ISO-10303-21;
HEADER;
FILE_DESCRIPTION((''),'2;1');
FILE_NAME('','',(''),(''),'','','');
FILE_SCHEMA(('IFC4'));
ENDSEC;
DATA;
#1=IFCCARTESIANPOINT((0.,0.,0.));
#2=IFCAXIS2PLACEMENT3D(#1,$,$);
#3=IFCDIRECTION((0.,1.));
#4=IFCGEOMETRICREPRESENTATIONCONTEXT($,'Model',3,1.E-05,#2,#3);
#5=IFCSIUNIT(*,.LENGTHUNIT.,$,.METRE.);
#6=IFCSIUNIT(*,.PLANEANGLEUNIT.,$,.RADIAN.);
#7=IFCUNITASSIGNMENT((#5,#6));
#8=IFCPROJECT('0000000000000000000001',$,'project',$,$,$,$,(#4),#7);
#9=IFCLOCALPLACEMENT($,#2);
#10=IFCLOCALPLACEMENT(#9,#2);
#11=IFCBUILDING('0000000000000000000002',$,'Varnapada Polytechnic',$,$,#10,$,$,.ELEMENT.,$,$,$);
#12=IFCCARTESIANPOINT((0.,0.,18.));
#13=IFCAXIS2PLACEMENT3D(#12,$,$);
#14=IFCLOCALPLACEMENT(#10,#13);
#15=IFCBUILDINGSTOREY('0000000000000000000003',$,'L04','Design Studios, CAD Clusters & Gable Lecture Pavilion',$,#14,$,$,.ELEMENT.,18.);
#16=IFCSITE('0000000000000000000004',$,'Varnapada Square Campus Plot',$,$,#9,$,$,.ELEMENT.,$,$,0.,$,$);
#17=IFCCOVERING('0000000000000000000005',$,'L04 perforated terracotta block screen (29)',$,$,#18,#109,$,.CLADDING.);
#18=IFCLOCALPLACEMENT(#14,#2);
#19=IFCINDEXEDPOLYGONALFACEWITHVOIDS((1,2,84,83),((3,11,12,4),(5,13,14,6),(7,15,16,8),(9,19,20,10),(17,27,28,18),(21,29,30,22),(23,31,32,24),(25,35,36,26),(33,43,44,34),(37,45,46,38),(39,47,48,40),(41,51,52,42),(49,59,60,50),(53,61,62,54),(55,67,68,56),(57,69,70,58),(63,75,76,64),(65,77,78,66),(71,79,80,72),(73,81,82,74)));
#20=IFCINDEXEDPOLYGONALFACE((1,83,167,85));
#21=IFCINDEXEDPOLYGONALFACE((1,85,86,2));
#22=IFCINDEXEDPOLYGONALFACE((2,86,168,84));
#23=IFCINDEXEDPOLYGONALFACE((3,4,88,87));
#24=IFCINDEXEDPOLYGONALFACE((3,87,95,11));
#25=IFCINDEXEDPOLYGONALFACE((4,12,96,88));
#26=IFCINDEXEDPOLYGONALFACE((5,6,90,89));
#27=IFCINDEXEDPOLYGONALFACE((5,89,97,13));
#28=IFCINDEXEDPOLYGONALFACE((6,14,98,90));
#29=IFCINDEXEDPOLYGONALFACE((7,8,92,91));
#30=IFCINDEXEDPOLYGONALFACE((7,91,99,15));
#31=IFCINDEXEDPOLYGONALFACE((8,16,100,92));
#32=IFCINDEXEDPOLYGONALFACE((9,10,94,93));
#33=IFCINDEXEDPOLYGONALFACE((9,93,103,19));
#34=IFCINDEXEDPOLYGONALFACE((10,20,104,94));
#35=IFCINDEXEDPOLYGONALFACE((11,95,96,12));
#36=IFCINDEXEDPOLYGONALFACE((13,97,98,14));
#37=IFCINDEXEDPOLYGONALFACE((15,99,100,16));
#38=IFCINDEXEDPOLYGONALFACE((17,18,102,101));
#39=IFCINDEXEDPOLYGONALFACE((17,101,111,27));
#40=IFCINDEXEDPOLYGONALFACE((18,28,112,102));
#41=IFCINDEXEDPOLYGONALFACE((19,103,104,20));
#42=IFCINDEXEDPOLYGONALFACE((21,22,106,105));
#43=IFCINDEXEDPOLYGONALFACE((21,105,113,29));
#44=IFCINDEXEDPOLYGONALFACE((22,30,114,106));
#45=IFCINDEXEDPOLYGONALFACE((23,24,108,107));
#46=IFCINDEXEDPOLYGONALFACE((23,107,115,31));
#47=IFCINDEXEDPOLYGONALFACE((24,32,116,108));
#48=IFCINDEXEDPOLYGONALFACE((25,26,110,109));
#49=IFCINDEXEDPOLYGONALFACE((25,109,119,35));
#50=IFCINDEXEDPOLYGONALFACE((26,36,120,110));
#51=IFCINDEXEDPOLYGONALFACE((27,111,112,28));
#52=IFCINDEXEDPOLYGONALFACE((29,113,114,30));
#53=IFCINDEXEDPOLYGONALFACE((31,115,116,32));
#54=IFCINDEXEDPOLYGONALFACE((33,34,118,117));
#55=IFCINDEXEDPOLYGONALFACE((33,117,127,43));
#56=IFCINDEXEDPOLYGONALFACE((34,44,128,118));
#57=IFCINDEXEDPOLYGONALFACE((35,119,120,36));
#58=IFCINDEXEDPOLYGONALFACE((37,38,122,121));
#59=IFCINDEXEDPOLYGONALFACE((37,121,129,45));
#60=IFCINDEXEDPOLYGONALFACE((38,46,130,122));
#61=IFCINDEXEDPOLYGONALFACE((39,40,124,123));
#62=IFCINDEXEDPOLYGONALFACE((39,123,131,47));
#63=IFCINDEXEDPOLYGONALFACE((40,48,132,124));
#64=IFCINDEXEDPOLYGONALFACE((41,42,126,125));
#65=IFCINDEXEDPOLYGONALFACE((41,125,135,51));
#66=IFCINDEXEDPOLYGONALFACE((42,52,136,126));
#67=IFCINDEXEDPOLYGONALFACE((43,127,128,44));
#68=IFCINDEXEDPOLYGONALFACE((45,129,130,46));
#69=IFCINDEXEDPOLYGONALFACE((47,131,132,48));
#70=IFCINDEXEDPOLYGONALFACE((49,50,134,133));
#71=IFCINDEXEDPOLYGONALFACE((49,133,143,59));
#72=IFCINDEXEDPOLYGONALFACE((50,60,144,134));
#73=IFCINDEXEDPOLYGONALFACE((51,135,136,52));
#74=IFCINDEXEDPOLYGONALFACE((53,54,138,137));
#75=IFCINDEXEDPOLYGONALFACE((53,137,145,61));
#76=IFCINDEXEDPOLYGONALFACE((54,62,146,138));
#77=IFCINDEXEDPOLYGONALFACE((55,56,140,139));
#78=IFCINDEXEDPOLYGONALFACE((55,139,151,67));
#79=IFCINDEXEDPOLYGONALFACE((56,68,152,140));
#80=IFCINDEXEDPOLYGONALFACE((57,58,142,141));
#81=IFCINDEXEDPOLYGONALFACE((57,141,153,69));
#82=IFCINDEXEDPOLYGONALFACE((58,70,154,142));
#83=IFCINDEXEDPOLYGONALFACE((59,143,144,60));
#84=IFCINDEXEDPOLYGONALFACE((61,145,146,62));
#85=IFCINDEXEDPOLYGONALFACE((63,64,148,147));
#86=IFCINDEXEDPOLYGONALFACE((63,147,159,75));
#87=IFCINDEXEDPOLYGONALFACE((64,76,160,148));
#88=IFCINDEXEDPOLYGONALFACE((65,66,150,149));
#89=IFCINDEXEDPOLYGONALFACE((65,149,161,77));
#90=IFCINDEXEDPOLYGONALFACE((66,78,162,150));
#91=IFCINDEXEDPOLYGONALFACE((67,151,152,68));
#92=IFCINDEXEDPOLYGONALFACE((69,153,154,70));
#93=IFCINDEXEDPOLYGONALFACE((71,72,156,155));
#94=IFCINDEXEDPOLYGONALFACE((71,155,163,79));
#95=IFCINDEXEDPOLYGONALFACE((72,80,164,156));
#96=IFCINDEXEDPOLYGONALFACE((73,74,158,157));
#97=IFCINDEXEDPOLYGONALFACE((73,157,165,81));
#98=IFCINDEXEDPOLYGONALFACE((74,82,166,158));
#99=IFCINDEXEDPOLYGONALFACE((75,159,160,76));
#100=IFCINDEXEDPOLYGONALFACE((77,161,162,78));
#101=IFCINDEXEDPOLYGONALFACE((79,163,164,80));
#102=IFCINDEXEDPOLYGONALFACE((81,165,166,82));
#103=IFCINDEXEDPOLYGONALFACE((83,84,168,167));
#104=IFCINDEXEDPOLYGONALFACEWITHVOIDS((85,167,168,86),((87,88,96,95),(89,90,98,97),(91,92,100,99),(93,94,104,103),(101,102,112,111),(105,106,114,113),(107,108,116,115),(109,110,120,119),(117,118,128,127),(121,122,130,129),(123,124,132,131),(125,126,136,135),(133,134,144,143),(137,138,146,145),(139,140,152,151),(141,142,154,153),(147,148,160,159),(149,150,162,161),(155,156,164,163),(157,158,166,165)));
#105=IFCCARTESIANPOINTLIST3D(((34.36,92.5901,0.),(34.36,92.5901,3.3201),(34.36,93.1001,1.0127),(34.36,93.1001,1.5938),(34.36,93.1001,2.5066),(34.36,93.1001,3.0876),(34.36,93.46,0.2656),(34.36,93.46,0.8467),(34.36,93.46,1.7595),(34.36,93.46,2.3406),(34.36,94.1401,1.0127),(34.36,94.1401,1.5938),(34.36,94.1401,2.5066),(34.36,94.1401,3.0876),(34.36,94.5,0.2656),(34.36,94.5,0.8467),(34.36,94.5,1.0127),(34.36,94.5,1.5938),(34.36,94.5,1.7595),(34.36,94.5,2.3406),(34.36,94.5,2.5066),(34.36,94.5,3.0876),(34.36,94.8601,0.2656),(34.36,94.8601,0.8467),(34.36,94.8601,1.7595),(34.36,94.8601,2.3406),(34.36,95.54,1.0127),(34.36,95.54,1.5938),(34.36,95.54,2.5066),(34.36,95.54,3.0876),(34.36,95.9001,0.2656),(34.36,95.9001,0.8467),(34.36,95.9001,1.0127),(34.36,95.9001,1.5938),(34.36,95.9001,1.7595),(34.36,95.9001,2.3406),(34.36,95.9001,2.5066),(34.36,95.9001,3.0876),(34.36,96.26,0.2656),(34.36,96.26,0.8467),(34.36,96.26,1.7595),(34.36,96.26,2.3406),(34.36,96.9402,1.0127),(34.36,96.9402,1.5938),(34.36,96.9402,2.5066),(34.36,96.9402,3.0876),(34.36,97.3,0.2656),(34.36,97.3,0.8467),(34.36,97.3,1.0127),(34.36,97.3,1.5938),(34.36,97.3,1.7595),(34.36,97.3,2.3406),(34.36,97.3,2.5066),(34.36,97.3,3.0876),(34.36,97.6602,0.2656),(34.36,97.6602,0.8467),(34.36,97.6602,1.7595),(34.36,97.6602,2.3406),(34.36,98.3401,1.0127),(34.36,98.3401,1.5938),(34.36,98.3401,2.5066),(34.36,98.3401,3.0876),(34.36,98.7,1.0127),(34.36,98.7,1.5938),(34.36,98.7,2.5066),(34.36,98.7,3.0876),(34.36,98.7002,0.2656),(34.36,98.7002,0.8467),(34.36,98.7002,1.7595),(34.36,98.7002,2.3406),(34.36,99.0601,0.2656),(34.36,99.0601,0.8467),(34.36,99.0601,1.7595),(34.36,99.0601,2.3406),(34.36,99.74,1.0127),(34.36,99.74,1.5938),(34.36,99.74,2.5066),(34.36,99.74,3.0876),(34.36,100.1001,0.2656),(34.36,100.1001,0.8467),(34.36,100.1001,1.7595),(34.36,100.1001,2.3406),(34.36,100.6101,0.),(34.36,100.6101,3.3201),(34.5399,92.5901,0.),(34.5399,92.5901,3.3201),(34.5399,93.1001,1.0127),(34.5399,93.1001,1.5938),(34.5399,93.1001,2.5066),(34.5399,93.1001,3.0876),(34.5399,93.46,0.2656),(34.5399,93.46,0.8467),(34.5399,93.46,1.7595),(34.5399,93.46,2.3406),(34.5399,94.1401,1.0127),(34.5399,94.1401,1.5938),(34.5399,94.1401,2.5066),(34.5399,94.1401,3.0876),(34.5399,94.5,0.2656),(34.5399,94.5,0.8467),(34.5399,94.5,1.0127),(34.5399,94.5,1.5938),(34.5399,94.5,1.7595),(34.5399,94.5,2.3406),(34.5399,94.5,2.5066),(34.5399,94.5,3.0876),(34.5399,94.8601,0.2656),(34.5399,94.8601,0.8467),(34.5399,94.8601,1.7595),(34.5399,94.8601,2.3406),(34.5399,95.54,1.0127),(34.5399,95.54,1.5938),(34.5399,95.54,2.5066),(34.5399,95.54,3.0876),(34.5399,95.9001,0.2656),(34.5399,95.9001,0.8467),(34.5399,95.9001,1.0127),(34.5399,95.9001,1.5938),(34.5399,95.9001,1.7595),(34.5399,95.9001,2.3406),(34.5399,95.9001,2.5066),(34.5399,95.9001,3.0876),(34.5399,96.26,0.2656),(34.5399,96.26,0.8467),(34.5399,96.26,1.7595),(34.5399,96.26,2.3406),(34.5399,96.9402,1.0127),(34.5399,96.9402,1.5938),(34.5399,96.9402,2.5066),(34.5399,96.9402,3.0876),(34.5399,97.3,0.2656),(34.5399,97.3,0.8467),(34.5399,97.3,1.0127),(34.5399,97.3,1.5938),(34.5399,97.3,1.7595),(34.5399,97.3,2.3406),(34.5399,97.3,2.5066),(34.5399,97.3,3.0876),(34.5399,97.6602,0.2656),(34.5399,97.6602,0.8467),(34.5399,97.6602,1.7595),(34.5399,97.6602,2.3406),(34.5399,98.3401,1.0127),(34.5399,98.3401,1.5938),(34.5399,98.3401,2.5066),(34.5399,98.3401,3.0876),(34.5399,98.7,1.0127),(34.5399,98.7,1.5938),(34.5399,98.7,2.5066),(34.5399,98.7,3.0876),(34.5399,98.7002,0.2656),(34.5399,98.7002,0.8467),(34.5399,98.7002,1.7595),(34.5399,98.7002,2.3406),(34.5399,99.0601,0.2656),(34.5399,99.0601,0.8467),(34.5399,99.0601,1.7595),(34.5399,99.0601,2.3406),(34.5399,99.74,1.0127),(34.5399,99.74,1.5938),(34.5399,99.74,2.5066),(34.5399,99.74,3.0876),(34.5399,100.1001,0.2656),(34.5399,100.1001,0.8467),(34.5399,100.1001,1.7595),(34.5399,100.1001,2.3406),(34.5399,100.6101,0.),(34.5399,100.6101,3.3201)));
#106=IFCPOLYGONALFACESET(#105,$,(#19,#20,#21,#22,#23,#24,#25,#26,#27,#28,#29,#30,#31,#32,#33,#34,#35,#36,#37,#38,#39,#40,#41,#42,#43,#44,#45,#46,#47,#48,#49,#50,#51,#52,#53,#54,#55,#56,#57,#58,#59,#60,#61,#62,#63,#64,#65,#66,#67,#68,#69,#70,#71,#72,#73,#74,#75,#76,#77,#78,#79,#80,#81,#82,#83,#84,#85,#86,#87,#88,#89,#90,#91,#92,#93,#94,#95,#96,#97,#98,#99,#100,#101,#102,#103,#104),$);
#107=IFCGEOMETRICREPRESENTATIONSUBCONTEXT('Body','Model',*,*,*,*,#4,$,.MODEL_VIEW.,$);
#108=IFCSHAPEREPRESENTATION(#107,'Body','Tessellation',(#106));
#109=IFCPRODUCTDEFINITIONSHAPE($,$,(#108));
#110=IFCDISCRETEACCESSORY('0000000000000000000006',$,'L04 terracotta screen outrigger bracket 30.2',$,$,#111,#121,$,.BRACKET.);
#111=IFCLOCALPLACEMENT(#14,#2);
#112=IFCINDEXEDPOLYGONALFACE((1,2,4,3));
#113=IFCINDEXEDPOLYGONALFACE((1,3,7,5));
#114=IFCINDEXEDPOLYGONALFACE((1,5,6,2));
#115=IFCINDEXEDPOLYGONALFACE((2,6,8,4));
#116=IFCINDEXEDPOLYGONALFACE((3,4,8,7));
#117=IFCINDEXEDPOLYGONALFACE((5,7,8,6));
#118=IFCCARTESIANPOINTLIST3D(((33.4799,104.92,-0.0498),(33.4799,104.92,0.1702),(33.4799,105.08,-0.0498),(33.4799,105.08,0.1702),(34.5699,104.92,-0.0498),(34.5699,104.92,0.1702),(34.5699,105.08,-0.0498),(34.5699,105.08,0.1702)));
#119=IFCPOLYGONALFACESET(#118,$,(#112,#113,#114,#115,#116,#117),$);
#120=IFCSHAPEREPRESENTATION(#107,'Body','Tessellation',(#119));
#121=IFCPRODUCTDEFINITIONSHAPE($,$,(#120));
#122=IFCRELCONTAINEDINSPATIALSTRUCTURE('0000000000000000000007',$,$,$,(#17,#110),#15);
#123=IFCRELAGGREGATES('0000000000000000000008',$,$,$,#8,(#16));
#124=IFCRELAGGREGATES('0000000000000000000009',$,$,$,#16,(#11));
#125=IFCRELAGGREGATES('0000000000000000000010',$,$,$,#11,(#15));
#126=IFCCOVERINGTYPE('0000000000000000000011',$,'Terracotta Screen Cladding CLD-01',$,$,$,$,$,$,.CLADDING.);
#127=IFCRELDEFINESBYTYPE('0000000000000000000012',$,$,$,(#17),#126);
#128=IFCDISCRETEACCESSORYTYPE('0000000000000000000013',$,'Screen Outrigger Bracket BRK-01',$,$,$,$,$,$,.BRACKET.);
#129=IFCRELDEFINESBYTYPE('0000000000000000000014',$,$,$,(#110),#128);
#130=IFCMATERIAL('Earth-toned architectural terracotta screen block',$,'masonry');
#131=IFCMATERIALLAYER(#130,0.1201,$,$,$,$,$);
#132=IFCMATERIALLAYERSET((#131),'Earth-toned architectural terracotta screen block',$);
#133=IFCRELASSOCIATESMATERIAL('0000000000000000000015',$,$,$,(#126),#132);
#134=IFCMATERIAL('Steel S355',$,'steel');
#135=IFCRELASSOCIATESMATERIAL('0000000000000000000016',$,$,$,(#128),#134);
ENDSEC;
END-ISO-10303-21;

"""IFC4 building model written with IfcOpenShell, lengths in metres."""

from ifc_helpers import new_model, si_unit, direction, frame, frame_2d, origin, origin_2d, place, context, subcontext, project, spatial, rectangle, extrude, material, layer, layer_set, type_object, element, save


model = new_model("IFC4")

# Units and contexts
model_context = context("Model", 3, precision=1e-05, world=origin(), true_north=direction((0.0, 1.0)))
body_context = subcontext(model_context, "Body", "Model", "MODEL_VIEW")
ifc_project = project(units=[si_unit("LENGTHUNIT", "METRE"), si_unit("PLANEANGLEUNIT", "RADIAN")], contexts=[model_context])

# Site, building, storey
site_placement = place(None, origin())
site = spatial("IfcSite", under=ifc_project, at=site_placement, Name="Varnapada Square Campus Plot", CompositionType="ELEMENT", RefElevation=0.0)
building_placement = place(site_placement, origin())
building = spatial("IfcBuilding", under=site, at=building_placement, Name="Varnapada Polytechnic", CompositionType="ELEMENT")
storey_placement = place(building_placement, frame((0.0, 0.0, 18.0)))
storey = spatial("IfcBuildingStorey", under=building, at=storey_placement, Name="L04", Description="Design Studios, CAD Clusters & Gable Lecture Pavilion", CompositionType="ELEMENT", Elevation=18.0)

# Covering, openings
ifc_material_1 = material(Name="Earth-toned architectural terracotta screen block", Category="masonry")
ifc_layer = layer(ifc_material_1, 0.1201)
ifc_layer_set = layer_set([ifc_layer], Name="Earth-toned architectural terracotta screen block")
covering_type = type_object("IfcCoveringType", Name="Terracotta Screen Cladding CLD-01", PredefinedType="CLADDING", material=ifc_layer_set)
covering_placement = place(storey_placement, frame((34.45, 100.6101, 0.0), z_axis=(0.0, 0.0, 1.0), x_axis=(0.0, -1.0, 0.0)))
covering = element("IfcCovering", 1, at=covering_placement, inside=storey, type_object=covering_type, Name="L04 perforated terracotta block screen (29)", PredefinedType="CLADDING", context=body_context, shape_type="SweptSolid", body=[
    extrude(rectangle(XDim=8.02, YDim=0.1799, at=frame_2d((4.01, 0.0))), origin(), (0.0, 0.0, 1.0), 3.3201),
])
opening_1_placement = place(covering_placement, frame((0.51, 0.0, 0.2656)))
element("IfcOpeningElement", 2, at=opening_1_placement, cuts=covering, PredefinedType="OPENING", context=body_context, shape_type="SweptSolid", body=[
    extrude(rectangle(XDim=1.04, YDim=0.5811, at=frame_2d((0.52, 0.2905))), frame((0.0, 0.0999, 0.0), z_axis=(0.0, -1.0, 0.0), x_axis=(1.0, 0.0, 0.0)), (0.0, 0.0, 1.0), 0.2),
])
opening_2_placement = place(covering_placement, frame((1.9099, 0.0, 0.2656)))
element("IfcOpeningElement", 3, at=opening_2_placement, cuts=covering, PredefinedType="OPENING", context=body_context, shape_type="SweptSolid", body=[
    extrude(rectangle(XDim=1.04, YDim=0.5811, at=frame_2d((0.52, 0.2905))), frame((0.0, 0.0999, 0.0), z_axis=(0.0, -1.0, 0.0), x_axis=(1.0, 0.0, 0.0)), (0.0, 0.0, 1.0), 0.2),
])
opening_3_placement = place(covering_placement, frame((3.3101, 0.0, 0.2656)))
element("IfcOpeningElement", 4, at=opening_3_placement, cuts=covering, PredefinedType="OPENING", context=body_context, shape_type="SweptSolid", body=[
    extrude(rectangle(XDim=1.04, YDim=0.5811, at=frame_2d((0.52, 0.2905))), frame((0.0, 0.0999, 0.0), z_axis=(0.0, -1.0, 0.0), x_axis=(1.0, 0.0, 0.0)), (0.0, 0.0, 1.0), 0.2),
])
opening_4_placement = place(covering_placement, frame((4.71, 0.0, 0.2656)))
element("IfcOpeningElement", 5, at=opening_4_placement, cuts=covering, PredefinedType="OPENING", context=body_context, shape_type="SweptSolid", body=[
    extrude(rectangle(XDim=1.04, YDim=0.5811, at=frame_2d((0.52, 0.2905))), frame((0.0, 0.0999, 0.0), z_axis=(0.0, -1.0, 0.0), x_axis=(1.0, 0.0, 0.0)), (0.0, 0.0, 1.0), 0.2),
])
opening_5_placement = place(covering_placement, frame((6.1101, 0.0, 0.2656)))
element("IfcOpeningElement", 6, at=opening_5_placement, cuts=covering, PredefinedType="OPENING", context=body_context, shape_type="SweptSolid", body=[
    extrude(rectangle(XDim=1.04, YDim=0.5811, at=frame_2d((0.52, 0.2905))), frame((0.0, 0.0999, 0.0), z_axis=(0.0, -1.0, 0.0), x_axis=(1.0, 0.0, 0.0)), (0.0, 0.0, 1.0), 0.2),
])
opening_6_placement = place(covering_placement, frame((0.8701, 0.0, 1.0127)))
element("IfcOpeningElement", 7, at=opening_6_placement, cuts=covering, PredefinedType="OPENING", context=body_context, shape_type="SweptSolid", body=[
    extrude(rectangle(XDim=1.04, YDim=0.5811, at=frame_2d((0.52, 0.2905))), frame((0.0, 0.0999, 0.0), z_axis=(0.0, -1.0, 0.0), x_axis=(1.0, 0.0, 0.0)), (0.0, 0.0, 1.0), 0.2),
])
opening_7_placement = place(covering_placement, frame((2.27, 0.0, 1.0127)))
element("IfcOpeningElement", 8, at=opening_7_placement, cuts=covering, PredefinedType="OPENING", context=body_context, shape_type="SweptSolid", body=[
    extrude(rectangle(XDim=1.04, YDim=0.5811, at=frame_2d((0.52, 0.2905))), frame((0.0, 0.0999, 0.0), z_axis=(0.0, -1.0, 0.0), x_axis=(1.0, 0.0, 0.0)), (0.0, 0.0, 1.0), 0.2),
])
opening_8_placement = place(covering_placement, frame((3.6699, 0.0, 1.0127)))
element("IfcOpeningElement", 9, at=opening_8_placement, cuts=covering, PredefinedType="OPENING", context=body_context, shape_type="SweptSolid", body=[
    extrude(rectangle(XDim=1.04, YDim=0.5811, at=frame_2d((0.52, 0.2905))), frame((0.0, 0.0999, 0.0), z_axis=(0.0, -1.0, 0.0), x_axis=(1.0, 0.0, 0.0)), (0.0, 0.0, 1.0), 0.2),
])
opening_9_placement = place(covering_placement, frame((5.0701, 0.0, 1.0127)))
element("IfcOpeningElement", 10, at=opening_9_placement, cuts=covering, PredefinedType="OPENING", context=body_context, shape_type="SweptSolid", body=[
    extrude(rectangle(XDim=1.04, YDim=0.5811, at=frame_2d((0.52, 0.2905))), frame((0.0, 0.0999, 0.0), z_axis=(0.0, -1.0, 0.0), x_axis=(1.0, 0.0, 0.0)), (0.0, 0.0, 1.0), 0.2),
])
opening_10_placement = place(covering_placement, frame((6.47, 0.0, 1.0127)))
element("IfcOpeningElement", 11, at=opening_10_placement, cuts=covering, PredefinedType="OPENING", context=body_context, shape_type="SweptSolid", body=[
    extrude(rectangle(XDim=1.04, YDim=0.5811, at=frame_2d((0.52, 0.2905))), frame((0.0, 0.0999, 0.0), z_axis=(0.0, -1.0, 0.0), x_axis=(1.0, 0.0, 0.0)), (0.0, 0.0, 1.0), 0.2),
])
opening_11_placement = place(covering_placement, frame((0.51, 0.0, 1.7595)))
element("IfcOpeningElement", 12, at=opening_11_placement, cuts=covering, PredefinedType="OPENING", context=body_context, shape_type="SweptSolid", body=[
    extrude(rectangle(XDim=1.04, YDim=0.5811, at=frame_2d((0.52, 0.2905))), frame((0.0, 0.0999, 0.0), z_axis=(0.0, -1.0, 0.0), x_axis=(1.0, 0.0, 0.0)), (0.0, 0.0, 1.0), 0.2),
])
opening_12_placement = place(covering_placement, frame((1.9099, 0.0, 1.7595)))
element("IfcOpeningElement", 13, at=opening_12_placement, cuts=covering, PredefinedType="OPENING", context=body_context, shape_type="SweptSolid", body=[
    extrude(rectangle(XDim=1.04, YDim=0.5811, at=frame_2d((0.52, 0.2905))), frame((0.0, 0.0999, 0.0), z_axis=(0.0, -1.0, 0.0), x_axis=(1.0, 0.0, 0.0)), (0.0, 0.0, 1.0), 0.2),
])
opening_13_placement = place(covering_placement, frame((3.3101, 0.0, 1.7595)))
element("IfcOpeningElement", 14, at=opening_13_placement, cuts=covering, PredefinedType="OPENING", context=body_context, shape_type="SweptSolid", body=[
    extrude(rectangle(XDim=1.04, YDim=0.5811, at=frame_2d((0.52, 0.2905))), frame((0.0, 0.0999, 0.0), z_axis=(0.0, -1.0, 0.0), x_axis=(1.0, 0.0, 0.0)), (0.0, 0.0, 1.0), 0.2),
])
opening_14_placement = place(covering_placement, frame((4.71, 0.0, 1.7595)))
element("IfcOpeningElement", 15, at=opening_14_placement, cuts=covering, PredefinedType="OPENING", context=body_context, shape_type="SweptSolid", body=[
    extrude(rectangle(XDim=1.04, YDim=0.5811, at=frame_2d((0.52, 0.2905))), frame((0.0, 0.0999, 0.0), z_axis=(0.0, -1.0, 0.0), x_axis=(1.0, 0.0, 0.0)), (0.0, 0.0, 1.0), 0.2),
])
opening_15_placement = place(covering_placement, frame((6.1101, 0.0, 1.7595)))
element("IfcOpeningElement", 16, at=opening_15_placement, cuts=covering, PredefinedType="OPENING", context=body_context, shape_type="SweptSolid", body=[
    extrude(rectangle(XDim=1.04, YDim=0.5811, at=frame_2d((0.52, 0.2905))), frame((0.0, 0.0999, 0.0), z_axis=(0.0, -1.0, 0.0), x_axis=(1.0, 0.0, 0.0)), (0.0, 0.0, 1.0), 0.2),
])
opening_16_placement = place(covering_placement, frame((0.8701, 0.0, 2.5066)))
element("IfcOpeningElement", 17, at=opening_16_placement, cuts=covering, PredefinedType="OPENING", context=body_context, shape_type="SweptSolid", body=[
    extrude(rectangle(XDim=1.04, YDim=0.5811, at=frame_2d((0.52, 0.2905))), frame((0.0, 0.0999, 0.0), z_axis=(0.0, -1.0, 0.0), x_axis=(1.0, 0.0, 0.0)), (0.0, 0.0, 1.0), 0.2),
])
opening_17_placement = place(covering_placement, frame((2.27, 0.0, 2.5066)))
element("IfcOpeningElement", 18, at=opening_17_placement, cuts=covering, PredefinedType="OPENING", context=body_context, shape_type="SweptSolid", body=[
    extrude(rectangle(XDim=1.04, YDim=0.5811, at=frame_2d((0.52, 0.2905))), frame((0.0, 0.0999, 0.0), z_axis=(0.0, -1.0, 0.0), x_axis=(1.0, 0.0, 0.0)), (0.0, 0.0, 1.0), 0.2),
])
opening_18_placement = place(covering_placement, frame((3.6699, 0.0, 2.5066)))
element("IfcOpeningElement", 19, at=opening_18_placement, cuts=covering, PredefinedType="OPENING", context=body_context, shape_type="SweptSolid", body=[
    extrude(rectangle(XDim=1.04, YDim=0.5811, at=frame_2d((0.52, 0.2905))), frame((0.0, 0.0999, 0.0), z_axis=(0.0, -1.0, 0.0), x_axis=(1.0, 0.0, 0.0)), (0.0, 0.0, 1.0), 0.2),
])
opening_19_placement = place(covering_placement, frame((5.0701, 0.0, 2.5066)))
element("IfcOpeningElement", 20, at=opening_19_placement, cuts=covering, PredefinedType="OPENING", context=body_context, shape_type="SweptSolid", body=[
    extrude(rectangle(XDim=1.04, YDim=0.5811, at=frame_2d((0.52, 0.2905))), frame((0.0, 0.0999, 0.0), z_axis=(0.0, -1.0, 0.0), x_axis=(1.0, 0.0, 0.0)), (0.0, 0.0, 1.0), 0.2),
])
opening_20_placement = place(covering_placement, frame((6.47, 0.0, 2.5066)))
element("IfcOpeningElement", 21, at=opening_20_placement, cuts=covering, PredefinedType="OPENING", context=body_context, shape_type="SweptSolid", body=[
    extrude(rectangle(XDim=1.04, YDim=0.5811, at=frame_2d((0.52, 0.2905))), frame((0.0, 0.0999, 0.0), z_axis=(0.0, -1.0, 0.0), x_axis=(1.0, 0.0, 0.0)), (0.0, 0.0, 1.0), 0.2),
])

# Discrete accessory
ifc_material_2 = material(Name="Steel S355", Category="steel")
discrete_accessory_type = type_object("IfcDiscreteAccessoryType", Name="Screen Outrigger Bracket BRK-01", PredefinedType="BRACKET", material=ifc_material_2)
discrete_accessory_placement = place(storey_placement, frame((34.0249, 105.0, -0.0498), z_axis=(0.0, 0.0, 1.0), x_axis=(0.0, -1.0, 0.0)))
element("IfcDiscreteAccessory", 22, at=discrete_accessory_placement, inside=storey, type_object=discrete_accessory_type, Name="L04 terracotta screen outrigger bracket 30.2", PredefinedType="BRACKET", context=body_context, shape_type="SweptSolid", body=[
    extrude(rectangle(XDim=0.1599, YDim=1.0901, at=origin_2d()), origin(), (0.0, 0.0, 1.0), 0.22),
])

save(model, "model.ifc")
